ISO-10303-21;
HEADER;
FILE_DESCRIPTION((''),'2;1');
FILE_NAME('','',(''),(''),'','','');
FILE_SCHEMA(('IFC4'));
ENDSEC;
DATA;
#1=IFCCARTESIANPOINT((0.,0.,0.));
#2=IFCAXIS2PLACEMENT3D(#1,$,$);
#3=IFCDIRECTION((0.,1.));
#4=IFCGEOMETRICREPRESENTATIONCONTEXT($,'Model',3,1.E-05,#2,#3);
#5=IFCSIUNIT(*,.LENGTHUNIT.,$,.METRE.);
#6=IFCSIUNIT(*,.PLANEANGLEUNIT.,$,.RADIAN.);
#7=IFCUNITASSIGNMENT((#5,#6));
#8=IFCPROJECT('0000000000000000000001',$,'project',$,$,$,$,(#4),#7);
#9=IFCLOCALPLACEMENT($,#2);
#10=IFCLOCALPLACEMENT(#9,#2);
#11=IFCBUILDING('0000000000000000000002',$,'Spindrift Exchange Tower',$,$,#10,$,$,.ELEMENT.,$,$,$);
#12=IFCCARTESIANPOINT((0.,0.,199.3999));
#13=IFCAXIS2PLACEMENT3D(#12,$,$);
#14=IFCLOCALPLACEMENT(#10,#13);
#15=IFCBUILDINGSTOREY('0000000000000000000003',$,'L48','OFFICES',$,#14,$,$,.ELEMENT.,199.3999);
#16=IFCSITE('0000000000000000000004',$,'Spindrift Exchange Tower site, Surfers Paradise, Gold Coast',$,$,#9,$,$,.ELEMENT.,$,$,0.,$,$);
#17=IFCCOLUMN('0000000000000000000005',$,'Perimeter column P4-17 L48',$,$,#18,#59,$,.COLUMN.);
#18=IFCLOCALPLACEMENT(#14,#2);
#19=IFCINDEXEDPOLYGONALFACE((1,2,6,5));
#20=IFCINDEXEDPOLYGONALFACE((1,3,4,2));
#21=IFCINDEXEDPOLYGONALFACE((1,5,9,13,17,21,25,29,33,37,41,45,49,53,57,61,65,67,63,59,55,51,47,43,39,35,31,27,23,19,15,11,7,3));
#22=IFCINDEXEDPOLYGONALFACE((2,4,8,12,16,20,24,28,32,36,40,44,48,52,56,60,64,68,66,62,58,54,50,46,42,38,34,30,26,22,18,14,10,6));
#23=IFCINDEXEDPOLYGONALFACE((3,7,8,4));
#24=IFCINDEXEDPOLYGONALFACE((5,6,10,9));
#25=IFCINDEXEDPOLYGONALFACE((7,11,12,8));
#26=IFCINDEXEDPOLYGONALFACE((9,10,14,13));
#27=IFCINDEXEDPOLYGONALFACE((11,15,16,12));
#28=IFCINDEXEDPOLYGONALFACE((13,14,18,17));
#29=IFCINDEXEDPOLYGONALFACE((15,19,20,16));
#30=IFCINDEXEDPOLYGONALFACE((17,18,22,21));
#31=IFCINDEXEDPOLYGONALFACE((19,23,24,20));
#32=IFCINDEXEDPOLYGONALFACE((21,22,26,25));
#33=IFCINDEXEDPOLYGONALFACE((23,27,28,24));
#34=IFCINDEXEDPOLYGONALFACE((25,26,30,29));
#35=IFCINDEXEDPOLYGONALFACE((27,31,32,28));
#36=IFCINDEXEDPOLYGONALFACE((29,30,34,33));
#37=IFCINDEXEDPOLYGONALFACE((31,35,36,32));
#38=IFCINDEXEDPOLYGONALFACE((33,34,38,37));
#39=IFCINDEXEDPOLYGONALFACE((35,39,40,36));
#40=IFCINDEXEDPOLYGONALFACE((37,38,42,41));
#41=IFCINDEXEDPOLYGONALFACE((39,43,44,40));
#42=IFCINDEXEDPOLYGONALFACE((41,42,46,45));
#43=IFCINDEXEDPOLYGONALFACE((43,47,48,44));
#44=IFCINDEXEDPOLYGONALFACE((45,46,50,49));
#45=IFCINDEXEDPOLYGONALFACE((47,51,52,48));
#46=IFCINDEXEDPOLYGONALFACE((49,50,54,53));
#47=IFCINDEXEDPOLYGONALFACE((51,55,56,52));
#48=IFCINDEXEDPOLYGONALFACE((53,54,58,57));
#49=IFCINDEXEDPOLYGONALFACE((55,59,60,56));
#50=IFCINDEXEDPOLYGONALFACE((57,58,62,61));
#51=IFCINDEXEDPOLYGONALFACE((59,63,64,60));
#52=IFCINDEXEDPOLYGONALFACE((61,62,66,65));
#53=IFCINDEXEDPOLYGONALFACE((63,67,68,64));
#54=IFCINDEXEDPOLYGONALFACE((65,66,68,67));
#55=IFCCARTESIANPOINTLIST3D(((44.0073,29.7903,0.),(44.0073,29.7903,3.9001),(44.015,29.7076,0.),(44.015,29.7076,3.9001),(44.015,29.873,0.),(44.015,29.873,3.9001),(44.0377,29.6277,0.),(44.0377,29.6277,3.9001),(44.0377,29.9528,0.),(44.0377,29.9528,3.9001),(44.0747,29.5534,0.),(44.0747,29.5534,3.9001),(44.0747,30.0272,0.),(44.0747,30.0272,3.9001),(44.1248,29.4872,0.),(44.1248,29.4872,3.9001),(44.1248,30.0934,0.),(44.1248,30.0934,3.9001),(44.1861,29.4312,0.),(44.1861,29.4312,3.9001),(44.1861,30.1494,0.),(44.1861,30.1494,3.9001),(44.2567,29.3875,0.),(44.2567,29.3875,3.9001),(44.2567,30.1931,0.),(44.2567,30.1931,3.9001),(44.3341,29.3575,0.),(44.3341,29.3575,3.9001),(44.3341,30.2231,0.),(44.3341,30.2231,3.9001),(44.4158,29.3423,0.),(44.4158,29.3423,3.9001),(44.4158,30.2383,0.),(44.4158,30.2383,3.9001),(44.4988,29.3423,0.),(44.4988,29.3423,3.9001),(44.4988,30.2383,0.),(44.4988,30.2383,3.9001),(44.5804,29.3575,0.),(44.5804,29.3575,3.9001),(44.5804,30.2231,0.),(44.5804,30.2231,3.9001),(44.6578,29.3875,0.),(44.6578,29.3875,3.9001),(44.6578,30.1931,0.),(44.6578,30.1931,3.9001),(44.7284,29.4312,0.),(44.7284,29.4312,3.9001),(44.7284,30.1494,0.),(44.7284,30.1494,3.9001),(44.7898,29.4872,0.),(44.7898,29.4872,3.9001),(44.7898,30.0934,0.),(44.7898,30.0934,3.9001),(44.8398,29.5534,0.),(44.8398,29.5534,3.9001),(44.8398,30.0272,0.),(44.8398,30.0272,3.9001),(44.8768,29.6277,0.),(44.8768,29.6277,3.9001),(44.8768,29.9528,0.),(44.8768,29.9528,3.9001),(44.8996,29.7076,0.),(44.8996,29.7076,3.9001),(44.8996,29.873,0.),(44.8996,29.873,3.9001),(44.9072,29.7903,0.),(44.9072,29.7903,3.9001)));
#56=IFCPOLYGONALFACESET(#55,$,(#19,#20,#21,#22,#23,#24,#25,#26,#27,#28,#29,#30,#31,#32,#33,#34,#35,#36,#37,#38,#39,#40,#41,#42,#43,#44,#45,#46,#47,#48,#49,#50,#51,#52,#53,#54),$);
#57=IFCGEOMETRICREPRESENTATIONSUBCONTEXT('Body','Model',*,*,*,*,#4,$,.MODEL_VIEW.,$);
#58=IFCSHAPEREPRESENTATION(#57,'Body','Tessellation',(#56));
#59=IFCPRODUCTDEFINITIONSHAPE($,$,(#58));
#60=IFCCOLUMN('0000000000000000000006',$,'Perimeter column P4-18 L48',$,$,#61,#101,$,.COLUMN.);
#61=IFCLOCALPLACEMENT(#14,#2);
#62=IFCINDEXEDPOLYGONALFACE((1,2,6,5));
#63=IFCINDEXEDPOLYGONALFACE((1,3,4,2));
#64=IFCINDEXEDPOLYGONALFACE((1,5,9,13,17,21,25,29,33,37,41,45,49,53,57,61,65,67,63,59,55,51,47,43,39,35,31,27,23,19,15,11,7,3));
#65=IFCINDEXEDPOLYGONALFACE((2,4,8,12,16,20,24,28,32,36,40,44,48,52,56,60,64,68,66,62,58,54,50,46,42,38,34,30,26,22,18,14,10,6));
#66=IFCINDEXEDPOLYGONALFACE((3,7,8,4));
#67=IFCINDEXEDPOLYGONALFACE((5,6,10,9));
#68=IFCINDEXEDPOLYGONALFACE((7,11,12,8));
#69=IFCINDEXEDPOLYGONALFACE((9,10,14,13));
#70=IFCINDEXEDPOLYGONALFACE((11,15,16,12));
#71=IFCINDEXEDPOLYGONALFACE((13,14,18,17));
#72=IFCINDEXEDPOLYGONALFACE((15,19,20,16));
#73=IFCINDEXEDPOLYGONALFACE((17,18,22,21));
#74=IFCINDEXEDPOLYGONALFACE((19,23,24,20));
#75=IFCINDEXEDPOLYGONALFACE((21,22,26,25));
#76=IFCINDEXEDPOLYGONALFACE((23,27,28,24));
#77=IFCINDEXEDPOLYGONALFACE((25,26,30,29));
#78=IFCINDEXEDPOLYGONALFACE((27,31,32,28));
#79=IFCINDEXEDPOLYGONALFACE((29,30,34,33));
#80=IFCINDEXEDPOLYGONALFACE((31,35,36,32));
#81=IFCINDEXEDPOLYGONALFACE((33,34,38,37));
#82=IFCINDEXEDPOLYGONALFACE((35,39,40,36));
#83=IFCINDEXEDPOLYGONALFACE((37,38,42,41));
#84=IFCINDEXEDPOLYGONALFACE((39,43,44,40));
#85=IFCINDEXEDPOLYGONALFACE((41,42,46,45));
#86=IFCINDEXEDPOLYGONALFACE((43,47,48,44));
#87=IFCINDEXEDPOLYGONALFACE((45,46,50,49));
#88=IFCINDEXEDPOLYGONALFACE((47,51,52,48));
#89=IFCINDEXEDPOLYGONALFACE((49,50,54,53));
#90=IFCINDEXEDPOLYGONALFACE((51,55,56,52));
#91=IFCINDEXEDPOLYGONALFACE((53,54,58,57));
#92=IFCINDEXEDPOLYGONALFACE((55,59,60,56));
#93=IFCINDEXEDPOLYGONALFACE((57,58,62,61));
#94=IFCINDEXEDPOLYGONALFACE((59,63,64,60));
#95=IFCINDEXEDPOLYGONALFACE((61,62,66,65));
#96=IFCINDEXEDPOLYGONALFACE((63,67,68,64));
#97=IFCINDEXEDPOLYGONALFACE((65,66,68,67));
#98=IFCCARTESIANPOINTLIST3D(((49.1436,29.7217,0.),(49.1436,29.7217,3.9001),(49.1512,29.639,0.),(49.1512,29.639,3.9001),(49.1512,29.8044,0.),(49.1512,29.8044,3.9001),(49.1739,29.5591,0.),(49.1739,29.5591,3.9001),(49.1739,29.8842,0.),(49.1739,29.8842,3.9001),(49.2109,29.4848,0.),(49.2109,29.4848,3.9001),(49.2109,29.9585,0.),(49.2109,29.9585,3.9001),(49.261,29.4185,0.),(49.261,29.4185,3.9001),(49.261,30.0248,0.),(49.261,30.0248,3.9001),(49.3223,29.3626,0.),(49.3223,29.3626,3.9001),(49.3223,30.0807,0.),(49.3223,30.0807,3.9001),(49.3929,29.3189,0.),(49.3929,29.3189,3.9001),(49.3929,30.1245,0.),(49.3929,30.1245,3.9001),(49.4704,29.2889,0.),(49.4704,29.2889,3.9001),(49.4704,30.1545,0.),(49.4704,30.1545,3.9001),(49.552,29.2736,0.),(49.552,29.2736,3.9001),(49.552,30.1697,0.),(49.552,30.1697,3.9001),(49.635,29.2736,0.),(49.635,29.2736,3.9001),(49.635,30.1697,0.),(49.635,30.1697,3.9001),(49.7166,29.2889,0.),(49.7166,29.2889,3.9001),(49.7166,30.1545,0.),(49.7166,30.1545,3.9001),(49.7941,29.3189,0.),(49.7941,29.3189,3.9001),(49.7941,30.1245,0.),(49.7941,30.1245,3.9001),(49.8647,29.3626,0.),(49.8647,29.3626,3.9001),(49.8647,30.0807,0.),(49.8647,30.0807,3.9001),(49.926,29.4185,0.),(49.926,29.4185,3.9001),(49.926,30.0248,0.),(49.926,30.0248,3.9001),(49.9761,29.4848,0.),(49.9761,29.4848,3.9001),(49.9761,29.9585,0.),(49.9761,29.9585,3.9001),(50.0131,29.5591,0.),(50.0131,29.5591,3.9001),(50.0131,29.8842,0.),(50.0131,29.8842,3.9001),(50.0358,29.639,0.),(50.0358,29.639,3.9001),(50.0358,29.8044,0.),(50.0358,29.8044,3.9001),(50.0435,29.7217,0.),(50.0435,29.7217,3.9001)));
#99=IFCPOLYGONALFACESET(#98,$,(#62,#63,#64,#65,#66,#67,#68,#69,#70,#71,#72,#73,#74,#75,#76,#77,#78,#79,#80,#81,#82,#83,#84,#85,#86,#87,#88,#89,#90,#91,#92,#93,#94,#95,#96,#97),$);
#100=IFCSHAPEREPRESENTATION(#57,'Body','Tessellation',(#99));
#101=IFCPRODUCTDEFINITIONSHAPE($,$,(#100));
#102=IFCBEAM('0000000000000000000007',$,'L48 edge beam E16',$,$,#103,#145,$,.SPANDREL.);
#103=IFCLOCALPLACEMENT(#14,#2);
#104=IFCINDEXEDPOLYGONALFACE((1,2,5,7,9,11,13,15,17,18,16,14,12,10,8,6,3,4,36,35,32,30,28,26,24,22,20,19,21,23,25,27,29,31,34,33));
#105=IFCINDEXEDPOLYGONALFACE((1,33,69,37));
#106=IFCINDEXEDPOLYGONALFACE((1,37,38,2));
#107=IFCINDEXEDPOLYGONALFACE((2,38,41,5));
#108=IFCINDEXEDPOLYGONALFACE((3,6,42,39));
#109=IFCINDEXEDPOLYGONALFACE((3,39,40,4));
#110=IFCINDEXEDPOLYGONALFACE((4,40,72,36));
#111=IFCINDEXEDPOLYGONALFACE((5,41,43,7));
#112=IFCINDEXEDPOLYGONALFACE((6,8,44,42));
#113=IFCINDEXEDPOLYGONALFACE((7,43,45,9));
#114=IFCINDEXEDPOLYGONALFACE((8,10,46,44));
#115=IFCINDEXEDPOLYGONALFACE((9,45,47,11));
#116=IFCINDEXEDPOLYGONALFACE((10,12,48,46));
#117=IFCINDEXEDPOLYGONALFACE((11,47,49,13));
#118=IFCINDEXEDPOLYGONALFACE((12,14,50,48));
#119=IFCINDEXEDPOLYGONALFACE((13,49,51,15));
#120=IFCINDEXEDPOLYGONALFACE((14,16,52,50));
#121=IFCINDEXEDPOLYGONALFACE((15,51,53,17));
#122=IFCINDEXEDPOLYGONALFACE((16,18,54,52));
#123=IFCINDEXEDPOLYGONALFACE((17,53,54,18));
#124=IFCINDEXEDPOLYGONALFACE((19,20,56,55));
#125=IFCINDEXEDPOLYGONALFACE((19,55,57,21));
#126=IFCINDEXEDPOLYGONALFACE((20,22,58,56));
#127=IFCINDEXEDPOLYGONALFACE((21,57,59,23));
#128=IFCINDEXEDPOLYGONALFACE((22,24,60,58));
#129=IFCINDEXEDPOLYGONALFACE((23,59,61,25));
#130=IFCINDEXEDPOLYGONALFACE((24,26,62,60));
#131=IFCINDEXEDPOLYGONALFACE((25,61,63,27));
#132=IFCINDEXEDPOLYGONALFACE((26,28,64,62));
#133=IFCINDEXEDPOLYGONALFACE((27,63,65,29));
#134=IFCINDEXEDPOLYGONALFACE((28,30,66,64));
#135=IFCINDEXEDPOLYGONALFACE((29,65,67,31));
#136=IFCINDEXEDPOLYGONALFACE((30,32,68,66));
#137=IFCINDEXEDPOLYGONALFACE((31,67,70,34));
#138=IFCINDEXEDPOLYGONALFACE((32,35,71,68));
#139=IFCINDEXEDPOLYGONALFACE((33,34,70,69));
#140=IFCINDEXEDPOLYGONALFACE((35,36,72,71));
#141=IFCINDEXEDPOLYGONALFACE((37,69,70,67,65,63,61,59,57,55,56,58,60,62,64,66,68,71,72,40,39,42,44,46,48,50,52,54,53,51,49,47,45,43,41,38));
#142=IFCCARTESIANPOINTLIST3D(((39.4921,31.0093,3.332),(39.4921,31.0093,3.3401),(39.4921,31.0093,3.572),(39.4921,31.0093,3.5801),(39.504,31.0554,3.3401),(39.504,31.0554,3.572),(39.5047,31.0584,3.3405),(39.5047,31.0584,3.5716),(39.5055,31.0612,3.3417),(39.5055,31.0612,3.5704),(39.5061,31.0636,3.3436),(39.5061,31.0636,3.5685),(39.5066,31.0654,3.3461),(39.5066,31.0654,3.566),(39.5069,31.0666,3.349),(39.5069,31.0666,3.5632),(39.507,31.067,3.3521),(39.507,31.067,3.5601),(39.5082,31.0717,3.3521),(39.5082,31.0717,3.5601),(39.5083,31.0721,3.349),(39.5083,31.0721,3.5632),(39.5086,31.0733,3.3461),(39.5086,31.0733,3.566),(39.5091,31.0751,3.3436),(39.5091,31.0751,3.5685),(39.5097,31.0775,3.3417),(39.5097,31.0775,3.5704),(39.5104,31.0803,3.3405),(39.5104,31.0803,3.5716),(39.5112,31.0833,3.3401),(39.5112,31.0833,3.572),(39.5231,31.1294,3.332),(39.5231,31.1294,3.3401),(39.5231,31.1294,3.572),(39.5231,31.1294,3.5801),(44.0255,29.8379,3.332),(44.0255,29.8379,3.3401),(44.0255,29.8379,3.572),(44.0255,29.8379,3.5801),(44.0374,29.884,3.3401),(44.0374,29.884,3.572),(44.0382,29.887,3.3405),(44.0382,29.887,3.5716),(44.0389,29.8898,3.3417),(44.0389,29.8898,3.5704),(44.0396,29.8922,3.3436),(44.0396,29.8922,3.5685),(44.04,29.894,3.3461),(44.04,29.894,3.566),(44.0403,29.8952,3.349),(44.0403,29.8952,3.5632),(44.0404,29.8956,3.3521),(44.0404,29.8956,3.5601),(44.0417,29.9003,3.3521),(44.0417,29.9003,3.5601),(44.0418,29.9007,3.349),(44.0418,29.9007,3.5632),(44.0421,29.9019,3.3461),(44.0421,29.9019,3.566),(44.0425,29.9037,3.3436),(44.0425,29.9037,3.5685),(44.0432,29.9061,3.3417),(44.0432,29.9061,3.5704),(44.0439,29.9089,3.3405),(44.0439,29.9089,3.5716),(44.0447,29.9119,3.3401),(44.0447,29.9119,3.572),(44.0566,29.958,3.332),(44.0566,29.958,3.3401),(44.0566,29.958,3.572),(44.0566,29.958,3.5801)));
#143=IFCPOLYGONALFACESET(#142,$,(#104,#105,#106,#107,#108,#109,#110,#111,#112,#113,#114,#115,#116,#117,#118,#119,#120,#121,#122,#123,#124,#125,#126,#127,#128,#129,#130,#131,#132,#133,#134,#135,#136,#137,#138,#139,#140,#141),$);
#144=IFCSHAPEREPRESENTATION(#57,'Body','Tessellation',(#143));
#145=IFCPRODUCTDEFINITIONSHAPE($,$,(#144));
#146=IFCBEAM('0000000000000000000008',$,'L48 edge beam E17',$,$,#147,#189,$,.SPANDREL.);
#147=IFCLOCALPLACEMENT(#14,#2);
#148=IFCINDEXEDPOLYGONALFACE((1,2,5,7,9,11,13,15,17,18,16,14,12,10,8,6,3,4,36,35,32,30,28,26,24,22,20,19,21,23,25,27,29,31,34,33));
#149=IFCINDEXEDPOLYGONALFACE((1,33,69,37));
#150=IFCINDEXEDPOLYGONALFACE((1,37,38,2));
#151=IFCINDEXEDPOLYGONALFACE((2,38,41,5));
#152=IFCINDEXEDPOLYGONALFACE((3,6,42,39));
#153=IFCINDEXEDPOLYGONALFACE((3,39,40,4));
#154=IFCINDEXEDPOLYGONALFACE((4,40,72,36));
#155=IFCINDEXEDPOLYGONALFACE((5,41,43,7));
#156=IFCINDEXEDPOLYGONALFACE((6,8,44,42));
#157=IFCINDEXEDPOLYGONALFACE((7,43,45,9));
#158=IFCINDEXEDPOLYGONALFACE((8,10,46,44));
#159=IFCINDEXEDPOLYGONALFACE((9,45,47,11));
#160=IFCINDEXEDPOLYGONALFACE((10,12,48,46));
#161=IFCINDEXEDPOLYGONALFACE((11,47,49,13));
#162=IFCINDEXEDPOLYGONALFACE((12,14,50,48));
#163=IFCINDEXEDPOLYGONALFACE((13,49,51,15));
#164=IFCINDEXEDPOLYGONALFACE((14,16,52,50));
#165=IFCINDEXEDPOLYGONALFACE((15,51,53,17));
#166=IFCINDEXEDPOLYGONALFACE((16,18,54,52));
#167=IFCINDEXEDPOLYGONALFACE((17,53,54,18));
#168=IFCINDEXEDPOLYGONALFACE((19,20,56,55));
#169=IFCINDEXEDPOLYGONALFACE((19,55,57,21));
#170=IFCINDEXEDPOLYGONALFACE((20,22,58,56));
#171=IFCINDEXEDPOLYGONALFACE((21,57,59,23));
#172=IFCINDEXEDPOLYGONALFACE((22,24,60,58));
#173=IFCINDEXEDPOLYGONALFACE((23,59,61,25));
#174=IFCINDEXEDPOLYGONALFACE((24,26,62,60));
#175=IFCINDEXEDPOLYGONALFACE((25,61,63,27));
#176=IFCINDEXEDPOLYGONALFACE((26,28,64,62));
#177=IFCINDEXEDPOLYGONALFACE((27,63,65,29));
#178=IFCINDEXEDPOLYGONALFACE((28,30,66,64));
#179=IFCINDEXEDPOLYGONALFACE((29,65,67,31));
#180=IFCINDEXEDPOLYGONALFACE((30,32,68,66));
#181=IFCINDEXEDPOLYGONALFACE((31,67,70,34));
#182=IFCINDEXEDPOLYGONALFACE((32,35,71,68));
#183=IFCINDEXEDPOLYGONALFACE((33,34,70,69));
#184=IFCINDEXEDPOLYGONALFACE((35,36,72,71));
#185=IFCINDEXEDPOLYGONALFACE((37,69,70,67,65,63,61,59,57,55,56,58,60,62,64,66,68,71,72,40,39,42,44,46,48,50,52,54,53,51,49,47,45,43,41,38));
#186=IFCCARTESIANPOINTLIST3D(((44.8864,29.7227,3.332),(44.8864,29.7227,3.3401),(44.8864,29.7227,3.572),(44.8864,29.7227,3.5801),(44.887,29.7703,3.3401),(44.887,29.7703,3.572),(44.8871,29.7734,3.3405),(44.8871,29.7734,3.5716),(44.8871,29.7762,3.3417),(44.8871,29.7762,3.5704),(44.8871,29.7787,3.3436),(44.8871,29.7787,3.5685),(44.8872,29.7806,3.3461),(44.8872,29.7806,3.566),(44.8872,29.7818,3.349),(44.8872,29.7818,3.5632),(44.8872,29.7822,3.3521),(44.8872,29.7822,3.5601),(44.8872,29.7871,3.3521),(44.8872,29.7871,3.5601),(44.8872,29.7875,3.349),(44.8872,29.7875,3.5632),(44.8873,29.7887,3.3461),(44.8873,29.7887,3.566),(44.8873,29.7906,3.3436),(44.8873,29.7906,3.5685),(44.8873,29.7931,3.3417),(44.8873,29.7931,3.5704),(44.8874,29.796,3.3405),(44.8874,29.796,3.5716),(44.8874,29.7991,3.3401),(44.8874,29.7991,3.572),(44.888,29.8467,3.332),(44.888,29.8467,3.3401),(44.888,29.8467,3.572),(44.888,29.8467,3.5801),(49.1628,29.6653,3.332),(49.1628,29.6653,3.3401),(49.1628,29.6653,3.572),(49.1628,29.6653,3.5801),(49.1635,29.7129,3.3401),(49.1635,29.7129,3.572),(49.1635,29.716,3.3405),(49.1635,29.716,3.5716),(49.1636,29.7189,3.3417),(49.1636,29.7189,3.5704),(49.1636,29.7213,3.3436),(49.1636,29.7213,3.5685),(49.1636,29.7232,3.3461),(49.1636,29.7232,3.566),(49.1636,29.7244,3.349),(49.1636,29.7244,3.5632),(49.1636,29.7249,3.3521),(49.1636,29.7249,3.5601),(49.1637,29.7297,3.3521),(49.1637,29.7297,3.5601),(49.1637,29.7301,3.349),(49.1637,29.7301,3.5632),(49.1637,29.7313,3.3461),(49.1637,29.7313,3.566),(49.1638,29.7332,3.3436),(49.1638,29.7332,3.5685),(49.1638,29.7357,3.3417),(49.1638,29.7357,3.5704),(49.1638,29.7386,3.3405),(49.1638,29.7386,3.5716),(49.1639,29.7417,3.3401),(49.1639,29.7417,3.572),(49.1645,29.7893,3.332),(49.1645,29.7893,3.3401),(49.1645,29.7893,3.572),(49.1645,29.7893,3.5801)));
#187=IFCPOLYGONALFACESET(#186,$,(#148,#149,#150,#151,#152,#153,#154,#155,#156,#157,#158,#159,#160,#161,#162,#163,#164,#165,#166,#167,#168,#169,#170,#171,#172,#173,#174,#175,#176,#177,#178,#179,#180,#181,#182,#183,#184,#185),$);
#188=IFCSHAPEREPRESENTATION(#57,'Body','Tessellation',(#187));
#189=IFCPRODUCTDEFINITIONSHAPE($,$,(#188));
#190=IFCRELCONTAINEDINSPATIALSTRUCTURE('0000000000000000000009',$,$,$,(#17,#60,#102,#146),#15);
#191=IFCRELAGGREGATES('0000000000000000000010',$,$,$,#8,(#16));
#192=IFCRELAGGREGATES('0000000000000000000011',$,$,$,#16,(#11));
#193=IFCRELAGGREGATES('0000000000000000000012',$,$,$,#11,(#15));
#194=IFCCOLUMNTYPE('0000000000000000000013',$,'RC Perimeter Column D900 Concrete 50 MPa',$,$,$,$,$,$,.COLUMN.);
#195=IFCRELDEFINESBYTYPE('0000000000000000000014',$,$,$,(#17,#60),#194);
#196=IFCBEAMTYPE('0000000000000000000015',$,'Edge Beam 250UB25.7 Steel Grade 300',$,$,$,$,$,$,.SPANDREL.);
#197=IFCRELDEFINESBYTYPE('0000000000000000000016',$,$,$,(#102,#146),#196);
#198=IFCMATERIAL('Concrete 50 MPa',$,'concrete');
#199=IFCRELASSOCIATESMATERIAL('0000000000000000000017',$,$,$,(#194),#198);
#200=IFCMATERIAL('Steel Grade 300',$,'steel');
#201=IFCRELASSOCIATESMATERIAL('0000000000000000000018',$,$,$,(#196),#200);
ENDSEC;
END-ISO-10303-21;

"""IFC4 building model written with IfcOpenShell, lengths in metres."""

from ifc_helpers import new_model, si_unit, direction, frame, origin, origin_2d, place, context, subcontext, project, spatial, circle, i_section, extrude, source, transform, mapped, material, material_profile, profile_set, type_object, element, save


model = new_model("IFC4")

# Units and contexts
model_context = context("Model", 3, precision=1e-05, world=origin(), true_north=direction((0.0, 1.0)))
body_context = subcontext(model_context, "Body", "Model", "MODEL_VIEW")
ifc_project = project(units=[si_unit("LENGTHUNIT", "METRE"), si_unit("PLANEANGLEUNIT", "RADIAN")], contexts=[model_context])

# Site, building, storey
site_placement = place(None, origin())
site = spatial("IfcSite", under=ifc_project, at=site_placement, Name="Spindrift Exchange Tower site, Surfers Paradise, Gold Coast", CompositionType="ELEMENT", RefElevation=0.0)
building_placement = place(site_placement, origin())
building = spatial("IfcBuilding", under=site, at=building_placement, Name="Spindrift Exchange Tower", CompositionType="ELEMENT")
storey_placement = place(building_placement, frame((0.0, 0.0, 199.3999)))
storey = spatial("IfcBuildingStorey", under=building, at=storey_placement, Name="L48", Description="OFFICES", CompositionType="ELEMENT", Elevation=199.3999)

# Columns
ifc_material_1 = material(Name="Concrete 50 MPa", Category="concrete")
ifc_material_profile_1 = material_profile(ifc_material_1, circle(Radius=0.45, at=origin_2d()), Name="RC D900")
ifc_profile_set_1 = profile_set([ifc_material_profile_1], Name="Concrete 50 MPa")
column_type = type_object("IfcColumnType", Name="RC Perimeter Column D900 Concrete 50 MPa", PredefinedType="COLUMN", material=ifc_profile_set_1)
shared_shape_1 = source(origin(), body_context, "Body", "SweptSolid", [
    extrude(circle(Radius=0.45, at=origin_2d()), origin(), (0.0, 0.0, 1.0), 3.9001),
])
for number, where, z_axis, x_axis, name in (
    (1, (44.4573, 29.7903, 0.0), (0.0, 0.0, 1.0), (1.0, 0.0, 0.0), "Perimeter column P4-17 L48"),
    (2, (49.5935, 29.7217, 0.0), (0.0, 0.0, 1.0), (1.0, 0.0, 0.0), "Perimeter column P4-18 L48"),
):
    element("IfcColumn", number, at=place(storey_placement, frame(where, z_axis=z_axis, x_axis=x_axis)), inside=storey, type_object=column_type, Name=name, PredefinedType="COLUMN", context=body_context, shape_type="MappedRepresentation", body=[
        mapped(shared_shape_1, transform((0.0, 0.0, 0.0), scale=1.0)),
    ])

# Beams
ifc_material_2 = material(Name="Steel Grade 300", Category="steel")
ifc_material_profile_2 = material_profile(ifc_material_2, i_section(OverallWidth=0.124, OverallDepth=0.248, WebThickness=0.0049, FlangeThickness=0.0081, FilletRadius=0.012, at=origin_2d()), Name="250UB25.7")
ifc_profile_set_2 = profile_set([ifc_material_profile_2], Name="Steel Grade 300")
beam_type_1 = type_object("IfcBeamType", Name="Edge Beam 250UB25.7 Steel Grade 300", PredefinedType="SPANDREL", material=ifc_profile_set_2)
shared_shape_2 = source(origin(), body_context, "Body", "SweptSolid", [
    extrude(i_section(OverallWidth=0.124, OverallDepth=0.248, WebThickness=0.0049, FlangeThickness=0.0081, FilletRadius=0.012, at=origin_2d()), origin(), (0.0, 0.0, 1.0), 4.6824),
])
beam_1_placement = place(storey_placement, frame((39.5076, 31.0693, 3.4561), z_axis=(0.968202, -0.250171, 0.0), x_axis=(0.250171, 0.968202, 0.0)))
element("IfcBeam", 3, at=beam_1_placement, inside=storey, type_object=beam_type_1, Name="L48 edge beam E16", PredefinedType="SPANDREL", context=body_context, shape_type="MappedRepresentation", body=[
    mapped(shared_shape_2, transform((0.0, 0.0, 0.0), scale=1.0)),
])
shared_shape_3 = source(origin(), body_context, "Body", "SweptSolid", [
    extrude(i_section(OverallWidth=0.124, OverallDepth=0.248, WebThickness=0.0049, FlangeThickness=0.0081, FilletRadius=0.012, at=origin_2d()), origin(), (0.0, 0.0, 1.0), 4.2769),
])
beam_2_placement = place(storey_placement, frame((44.8872, 29.7847, 3.4561), z_axis=(0.99991, -0.013415, 0.0), x_axis=(0.013415, 0.99991, 0.0)))
element("IfcBeam", 4, at=beam_2_placement, inside=storey, type_object=beam_type_1, Name="L48 edge beam E17", PredefinedType="SPANDREL", context=body_context, shape_type="MappedRepresentation", body=[
    mapped(shared_shape_3, transform((0.0, 0.0, 0.0), scale=1.0)),
])

save(model, "model.ifc")
